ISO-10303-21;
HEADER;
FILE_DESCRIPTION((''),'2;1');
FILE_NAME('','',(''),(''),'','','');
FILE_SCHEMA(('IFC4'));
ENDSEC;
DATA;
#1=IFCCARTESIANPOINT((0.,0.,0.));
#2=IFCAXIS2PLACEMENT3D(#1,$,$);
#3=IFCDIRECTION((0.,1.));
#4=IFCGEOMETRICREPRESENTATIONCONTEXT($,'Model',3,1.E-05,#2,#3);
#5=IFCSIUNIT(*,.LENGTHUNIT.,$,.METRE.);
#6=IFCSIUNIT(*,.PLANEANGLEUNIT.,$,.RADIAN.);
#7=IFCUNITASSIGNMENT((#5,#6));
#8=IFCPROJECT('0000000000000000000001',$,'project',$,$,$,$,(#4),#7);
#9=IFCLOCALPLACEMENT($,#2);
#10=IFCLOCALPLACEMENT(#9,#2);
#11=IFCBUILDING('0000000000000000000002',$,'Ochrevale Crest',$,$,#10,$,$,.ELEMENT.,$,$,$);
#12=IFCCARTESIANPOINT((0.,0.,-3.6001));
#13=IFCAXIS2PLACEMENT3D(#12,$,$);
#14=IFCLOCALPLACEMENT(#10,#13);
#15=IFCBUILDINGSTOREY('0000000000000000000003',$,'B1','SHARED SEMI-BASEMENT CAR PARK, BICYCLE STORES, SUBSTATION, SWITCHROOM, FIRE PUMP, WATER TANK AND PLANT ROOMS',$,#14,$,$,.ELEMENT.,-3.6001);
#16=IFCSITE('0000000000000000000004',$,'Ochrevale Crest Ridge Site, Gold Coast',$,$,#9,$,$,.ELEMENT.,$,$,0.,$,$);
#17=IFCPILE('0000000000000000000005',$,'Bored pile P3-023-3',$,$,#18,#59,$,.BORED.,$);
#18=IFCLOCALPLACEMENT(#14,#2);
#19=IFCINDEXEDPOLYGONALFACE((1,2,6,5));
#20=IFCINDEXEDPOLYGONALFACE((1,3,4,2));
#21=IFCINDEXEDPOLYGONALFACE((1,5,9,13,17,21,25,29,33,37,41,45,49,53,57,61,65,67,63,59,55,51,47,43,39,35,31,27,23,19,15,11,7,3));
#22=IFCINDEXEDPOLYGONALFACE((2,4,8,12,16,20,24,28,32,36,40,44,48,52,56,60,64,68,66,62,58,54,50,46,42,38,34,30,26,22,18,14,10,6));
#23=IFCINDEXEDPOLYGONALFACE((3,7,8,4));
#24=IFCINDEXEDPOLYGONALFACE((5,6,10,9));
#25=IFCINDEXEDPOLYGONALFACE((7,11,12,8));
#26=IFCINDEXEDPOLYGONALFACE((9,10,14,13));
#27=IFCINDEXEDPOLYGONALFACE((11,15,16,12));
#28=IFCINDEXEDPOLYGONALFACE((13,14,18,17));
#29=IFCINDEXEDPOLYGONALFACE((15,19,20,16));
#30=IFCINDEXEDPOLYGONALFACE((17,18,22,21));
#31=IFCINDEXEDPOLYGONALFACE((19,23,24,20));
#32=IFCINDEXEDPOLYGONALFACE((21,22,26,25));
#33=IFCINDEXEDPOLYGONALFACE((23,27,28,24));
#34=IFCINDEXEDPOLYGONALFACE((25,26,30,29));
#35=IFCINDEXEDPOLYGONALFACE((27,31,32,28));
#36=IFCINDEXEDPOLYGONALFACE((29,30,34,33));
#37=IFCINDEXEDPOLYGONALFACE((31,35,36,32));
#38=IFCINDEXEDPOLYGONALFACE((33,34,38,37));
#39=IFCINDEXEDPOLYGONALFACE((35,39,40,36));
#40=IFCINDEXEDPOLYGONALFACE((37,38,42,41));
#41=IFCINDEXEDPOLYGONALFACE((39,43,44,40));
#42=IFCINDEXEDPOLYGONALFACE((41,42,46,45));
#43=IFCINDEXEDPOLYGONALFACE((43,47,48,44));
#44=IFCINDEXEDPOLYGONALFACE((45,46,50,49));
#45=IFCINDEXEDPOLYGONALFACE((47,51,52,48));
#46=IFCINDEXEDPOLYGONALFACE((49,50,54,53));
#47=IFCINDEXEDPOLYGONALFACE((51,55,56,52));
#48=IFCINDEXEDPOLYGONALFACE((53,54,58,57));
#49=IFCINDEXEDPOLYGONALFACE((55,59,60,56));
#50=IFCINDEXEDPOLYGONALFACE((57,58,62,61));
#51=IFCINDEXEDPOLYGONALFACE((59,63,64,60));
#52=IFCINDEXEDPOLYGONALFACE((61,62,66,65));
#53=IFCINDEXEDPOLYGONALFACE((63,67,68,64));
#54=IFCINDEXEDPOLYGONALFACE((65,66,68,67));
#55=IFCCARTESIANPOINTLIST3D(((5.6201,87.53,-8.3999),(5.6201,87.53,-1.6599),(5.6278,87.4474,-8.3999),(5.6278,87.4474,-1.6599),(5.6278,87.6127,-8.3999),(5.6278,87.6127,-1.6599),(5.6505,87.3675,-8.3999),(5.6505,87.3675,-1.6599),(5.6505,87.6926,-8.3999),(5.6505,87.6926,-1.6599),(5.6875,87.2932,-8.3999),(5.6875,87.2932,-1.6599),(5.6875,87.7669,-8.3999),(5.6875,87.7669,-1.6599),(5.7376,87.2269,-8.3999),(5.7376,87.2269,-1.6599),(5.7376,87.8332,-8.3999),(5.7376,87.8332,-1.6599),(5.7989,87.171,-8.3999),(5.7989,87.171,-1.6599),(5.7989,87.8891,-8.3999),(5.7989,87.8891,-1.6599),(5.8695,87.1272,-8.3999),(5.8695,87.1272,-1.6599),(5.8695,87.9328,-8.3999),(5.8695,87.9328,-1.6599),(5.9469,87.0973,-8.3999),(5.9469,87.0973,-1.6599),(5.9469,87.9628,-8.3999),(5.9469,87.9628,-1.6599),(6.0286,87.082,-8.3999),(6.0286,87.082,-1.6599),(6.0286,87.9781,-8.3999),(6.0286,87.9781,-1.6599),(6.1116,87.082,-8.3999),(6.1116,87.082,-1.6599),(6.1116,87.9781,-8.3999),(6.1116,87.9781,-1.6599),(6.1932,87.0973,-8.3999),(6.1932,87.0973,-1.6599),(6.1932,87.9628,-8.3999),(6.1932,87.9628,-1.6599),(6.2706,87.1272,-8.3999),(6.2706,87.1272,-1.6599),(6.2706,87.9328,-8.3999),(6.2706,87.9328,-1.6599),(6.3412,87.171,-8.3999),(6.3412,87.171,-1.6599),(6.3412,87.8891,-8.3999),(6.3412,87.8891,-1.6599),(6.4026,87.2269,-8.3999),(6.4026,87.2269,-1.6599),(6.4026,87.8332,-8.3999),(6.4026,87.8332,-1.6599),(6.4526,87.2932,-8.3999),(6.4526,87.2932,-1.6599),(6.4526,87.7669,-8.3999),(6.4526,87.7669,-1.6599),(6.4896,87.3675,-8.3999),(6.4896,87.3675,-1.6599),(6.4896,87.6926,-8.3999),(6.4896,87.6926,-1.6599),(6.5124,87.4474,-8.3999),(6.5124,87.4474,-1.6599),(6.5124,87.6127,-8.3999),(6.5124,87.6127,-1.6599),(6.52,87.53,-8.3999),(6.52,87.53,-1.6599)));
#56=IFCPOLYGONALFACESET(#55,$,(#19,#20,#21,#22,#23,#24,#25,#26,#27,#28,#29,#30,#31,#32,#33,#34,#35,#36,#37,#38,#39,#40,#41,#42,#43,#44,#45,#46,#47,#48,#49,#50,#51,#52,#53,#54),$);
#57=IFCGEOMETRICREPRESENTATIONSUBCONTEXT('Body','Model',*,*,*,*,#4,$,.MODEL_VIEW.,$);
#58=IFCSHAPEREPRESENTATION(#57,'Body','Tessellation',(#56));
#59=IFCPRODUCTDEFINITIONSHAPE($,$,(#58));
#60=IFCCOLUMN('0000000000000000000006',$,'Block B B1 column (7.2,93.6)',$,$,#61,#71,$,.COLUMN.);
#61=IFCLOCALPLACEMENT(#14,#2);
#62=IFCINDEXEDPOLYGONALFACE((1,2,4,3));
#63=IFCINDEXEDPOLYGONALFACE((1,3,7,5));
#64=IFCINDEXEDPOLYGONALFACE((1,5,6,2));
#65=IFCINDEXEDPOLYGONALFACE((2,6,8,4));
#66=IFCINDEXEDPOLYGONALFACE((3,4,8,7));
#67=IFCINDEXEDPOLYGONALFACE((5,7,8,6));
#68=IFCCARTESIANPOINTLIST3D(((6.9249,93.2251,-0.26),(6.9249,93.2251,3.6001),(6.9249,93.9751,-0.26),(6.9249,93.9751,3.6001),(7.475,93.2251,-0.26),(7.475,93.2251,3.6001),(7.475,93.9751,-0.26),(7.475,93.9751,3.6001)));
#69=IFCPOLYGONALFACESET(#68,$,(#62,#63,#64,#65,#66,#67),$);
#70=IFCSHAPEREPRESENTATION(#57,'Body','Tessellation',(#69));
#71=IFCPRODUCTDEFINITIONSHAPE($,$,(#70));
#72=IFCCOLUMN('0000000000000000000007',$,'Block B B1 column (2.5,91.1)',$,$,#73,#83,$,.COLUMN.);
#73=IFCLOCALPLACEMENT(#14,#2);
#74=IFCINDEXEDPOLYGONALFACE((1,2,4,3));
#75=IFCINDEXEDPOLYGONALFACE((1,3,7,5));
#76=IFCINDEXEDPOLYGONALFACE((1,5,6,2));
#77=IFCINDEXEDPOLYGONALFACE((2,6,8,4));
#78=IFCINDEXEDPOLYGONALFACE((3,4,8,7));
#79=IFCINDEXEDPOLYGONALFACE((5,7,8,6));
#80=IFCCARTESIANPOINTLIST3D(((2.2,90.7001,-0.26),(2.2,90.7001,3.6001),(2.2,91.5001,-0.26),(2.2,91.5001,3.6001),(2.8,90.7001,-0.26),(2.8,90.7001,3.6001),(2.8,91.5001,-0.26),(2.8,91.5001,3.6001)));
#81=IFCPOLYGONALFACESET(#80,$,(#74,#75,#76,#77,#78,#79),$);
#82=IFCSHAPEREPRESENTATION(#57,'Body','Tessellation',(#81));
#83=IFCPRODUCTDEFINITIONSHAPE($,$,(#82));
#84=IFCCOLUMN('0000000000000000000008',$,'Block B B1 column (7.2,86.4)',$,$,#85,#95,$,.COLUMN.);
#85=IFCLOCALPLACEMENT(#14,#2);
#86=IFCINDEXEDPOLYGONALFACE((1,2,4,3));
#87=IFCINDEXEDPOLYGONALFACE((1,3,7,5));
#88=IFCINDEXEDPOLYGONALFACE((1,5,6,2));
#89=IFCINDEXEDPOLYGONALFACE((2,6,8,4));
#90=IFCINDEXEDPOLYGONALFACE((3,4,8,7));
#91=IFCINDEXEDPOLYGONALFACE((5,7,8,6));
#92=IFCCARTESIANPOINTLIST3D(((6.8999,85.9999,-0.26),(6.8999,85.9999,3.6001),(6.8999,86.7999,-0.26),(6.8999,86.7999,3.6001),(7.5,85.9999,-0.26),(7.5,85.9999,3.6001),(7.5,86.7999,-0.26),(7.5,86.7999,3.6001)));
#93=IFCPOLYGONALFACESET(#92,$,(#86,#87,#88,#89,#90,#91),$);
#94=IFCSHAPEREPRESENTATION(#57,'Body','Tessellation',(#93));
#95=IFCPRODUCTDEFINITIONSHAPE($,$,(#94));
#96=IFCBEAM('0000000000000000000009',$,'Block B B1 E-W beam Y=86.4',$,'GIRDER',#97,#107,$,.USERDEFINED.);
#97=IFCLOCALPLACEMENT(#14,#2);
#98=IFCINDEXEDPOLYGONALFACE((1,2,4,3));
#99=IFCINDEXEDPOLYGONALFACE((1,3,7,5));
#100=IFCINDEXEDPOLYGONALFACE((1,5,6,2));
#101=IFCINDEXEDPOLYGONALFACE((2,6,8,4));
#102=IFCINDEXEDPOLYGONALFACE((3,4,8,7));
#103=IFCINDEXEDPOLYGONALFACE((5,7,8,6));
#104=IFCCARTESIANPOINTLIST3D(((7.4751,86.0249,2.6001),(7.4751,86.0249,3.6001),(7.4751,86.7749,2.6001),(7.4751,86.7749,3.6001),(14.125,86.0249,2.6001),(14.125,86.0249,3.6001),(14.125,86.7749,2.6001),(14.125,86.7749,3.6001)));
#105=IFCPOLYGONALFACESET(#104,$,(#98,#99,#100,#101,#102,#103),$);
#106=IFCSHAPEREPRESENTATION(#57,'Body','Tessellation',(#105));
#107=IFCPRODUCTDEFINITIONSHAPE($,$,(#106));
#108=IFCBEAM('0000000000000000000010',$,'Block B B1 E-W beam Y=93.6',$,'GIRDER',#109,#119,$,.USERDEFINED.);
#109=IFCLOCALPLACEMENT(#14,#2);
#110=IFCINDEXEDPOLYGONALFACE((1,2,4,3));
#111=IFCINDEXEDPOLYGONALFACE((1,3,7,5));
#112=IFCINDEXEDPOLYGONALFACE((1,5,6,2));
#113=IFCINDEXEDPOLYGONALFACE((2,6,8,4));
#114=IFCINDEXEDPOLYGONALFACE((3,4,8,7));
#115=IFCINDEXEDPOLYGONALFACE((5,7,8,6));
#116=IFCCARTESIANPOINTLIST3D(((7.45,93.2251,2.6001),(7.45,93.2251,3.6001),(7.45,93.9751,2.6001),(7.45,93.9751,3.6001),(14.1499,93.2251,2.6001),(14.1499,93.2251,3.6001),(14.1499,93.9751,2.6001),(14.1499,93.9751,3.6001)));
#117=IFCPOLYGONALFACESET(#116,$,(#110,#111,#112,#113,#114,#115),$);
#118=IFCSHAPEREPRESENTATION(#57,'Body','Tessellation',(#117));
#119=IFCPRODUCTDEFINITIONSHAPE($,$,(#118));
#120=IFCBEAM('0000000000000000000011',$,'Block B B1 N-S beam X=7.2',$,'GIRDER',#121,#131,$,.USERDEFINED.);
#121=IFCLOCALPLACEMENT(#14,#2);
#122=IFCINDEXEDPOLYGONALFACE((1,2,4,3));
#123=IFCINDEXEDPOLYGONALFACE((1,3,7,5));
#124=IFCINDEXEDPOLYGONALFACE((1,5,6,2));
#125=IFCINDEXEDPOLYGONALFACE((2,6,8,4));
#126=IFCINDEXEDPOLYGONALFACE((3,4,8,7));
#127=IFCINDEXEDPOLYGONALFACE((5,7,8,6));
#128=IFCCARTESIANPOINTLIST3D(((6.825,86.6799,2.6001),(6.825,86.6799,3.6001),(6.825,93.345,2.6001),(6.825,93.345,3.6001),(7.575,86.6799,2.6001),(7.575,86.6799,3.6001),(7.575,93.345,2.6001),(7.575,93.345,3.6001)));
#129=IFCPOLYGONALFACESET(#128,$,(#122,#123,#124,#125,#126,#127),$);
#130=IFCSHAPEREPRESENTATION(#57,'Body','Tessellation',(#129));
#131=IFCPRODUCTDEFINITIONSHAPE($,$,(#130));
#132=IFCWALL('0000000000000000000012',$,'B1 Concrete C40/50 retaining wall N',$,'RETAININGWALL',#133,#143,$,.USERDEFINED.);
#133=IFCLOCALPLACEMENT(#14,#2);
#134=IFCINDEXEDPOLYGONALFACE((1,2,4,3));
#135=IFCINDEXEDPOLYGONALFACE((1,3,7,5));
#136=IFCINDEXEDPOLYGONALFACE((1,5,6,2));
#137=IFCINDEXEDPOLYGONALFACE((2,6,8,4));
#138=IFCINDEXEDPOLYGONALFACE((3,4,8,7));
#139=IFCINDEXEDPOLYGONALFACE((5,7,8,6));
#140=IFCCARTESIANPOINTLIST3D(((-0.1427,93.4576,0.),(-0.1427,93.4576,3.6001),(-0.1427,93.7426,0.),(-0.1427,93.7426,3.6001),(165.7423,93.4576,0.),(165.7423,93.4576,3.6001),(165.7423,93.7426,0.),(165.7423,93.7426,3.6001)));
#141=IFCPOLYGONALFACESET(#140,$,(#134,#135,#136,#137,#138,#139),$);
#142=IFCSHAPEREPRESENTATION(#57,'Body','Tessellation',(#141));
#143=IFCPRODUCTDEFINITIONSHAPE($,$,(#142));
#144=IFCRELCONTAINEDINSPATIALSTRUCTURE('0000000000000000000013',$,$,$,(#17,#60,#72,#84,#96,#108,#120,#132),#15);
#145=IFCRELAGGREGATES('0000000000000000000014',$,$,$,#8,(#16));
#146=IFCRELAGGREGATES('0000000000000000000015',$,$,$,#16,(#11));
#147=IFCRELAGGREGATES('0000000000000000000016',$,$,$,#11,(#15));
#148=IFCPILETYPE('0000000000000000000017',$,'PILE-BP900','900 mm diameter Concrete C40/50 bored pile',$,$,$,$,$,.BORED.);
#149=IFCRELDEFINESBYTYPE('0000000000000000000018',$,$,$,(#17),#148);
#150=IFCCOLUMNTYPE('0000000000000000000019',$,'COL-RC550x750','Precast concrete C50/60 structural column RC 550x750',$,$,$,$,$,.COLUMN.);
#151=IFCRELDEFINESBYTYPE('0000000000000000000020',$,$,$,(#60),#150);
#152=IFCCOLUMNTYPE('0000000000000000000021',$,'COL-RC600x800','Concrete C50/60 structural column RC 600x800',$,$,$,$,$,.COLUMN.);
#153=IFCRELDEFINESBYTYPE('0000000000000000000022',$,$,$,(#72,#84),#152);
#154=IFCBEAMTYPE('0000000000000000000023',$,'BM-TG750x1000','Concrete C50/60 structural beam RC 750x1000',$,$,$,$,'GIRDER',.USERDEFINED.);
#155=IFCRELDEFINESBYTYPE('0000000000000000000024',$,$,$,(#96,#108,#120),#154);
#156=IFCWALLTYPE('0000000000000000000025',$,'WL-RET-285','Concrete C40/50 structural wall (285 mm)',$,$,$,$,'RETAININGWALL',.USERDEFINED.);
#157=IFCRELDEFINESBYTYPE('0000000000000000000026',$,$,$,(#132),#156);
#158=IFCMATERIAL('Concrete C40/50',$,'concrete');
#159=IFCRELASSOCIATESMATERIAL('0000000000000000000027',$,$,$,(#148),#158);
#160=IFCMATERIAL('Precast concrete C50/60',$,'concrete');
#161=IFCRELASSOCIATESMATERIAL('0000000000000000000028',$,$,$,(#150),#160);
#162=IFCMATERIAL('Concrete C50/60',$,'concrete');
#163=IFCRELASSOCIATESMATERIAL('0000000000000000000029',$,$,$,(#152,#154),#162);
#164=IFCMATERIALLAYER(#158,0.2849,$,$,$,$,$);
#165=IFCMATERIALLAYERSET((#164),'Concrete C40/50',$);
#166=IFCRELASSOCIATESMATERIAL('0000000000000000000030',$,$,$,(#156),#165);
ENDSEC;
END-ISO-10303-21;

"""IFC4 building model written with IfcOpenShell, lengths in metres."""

from ifc_helpers import new_model, si_unit, direction, frame, frame_2d, origin, origin_2d, place, context, subcontext, project, spatial, rectangle, circle, extrude, material, layer, layer_set, material_profile, profile_set, type_object, element, save


model = new_model("IFC4")

# Units and contexts
model_context = context("Model", 3, precision=1e-05, world=origin(), true_north=direction((0.0, 1.0)))
body_context = subcontext(model_context, "Body", "Model", "MODEL_VIEW")
ifc_project = project(units=[si_unit("LENGTHUNIT", "METRE"), si_unit("PLANEANGLEUNIT", "RADIAN")], contexts=[model_context])

# Site, building, storey
site_placement = place(None, origin())
site = spatial("IfcSite", under=ifc_project, at=site_placement, Name="Ochrevale Crest Ridge Site, Gold Coast", CompositionType="ELEMENT", RefElevation=0.0)
building_placement = place(site_placement, origin())
building = spatial("IfcBuilding", under=site, at=building_placement, Name="Ochrevale Crest", CompositionType="ELEMENT")
storey_placement = place(building_placement, frame((0.0, 0.0, -3.6001)))
storey = spatial("IfcBuildingStorey", under=building, at=storey_placement, Name="B1", Description="SHARED SEMI-BASEMENT CAR PARK, BICYCLE STORES, SUBSTATION, SWITCHROOM, FIRE PUMP, WATER TANK AND PLANT ROOMS", CompositionType="ELEMENT", Elevation=-3.6001)

# Shared definitions
ifc_material_1 = material(Name="Concrete C40/50", Category="concrete")

# Pile
ifc_material_profile_1 = material_profile(ifc_material_1, circle(Radius=0.45, at=origin_2d()), Name="BORED PILE 900")
ifc_profile_set_1 = profile_set([ifc_material_profile_1], Name="Concrete C40/50")
pile_type_1 = type_object("IfcPileType", Name="PILE-BP900", Description="900 mm diameter Concrete C40/50 bored pile", PredefinedType="BORED", material=ifc_profile_set_1)
pile_placement = place(storey_placement, frame((6.0701, 87.53, -1.6599), z_axis=(0.0, 0.0, -1.0), x_axis=(1.0, 0.0, 0.0)))
element("IfcPile", 1, at=pile_placement, inside=storey, type_object=pile_type_1, Name="Bored pile P3-023-3", PredefinedType="BORED", context=body_context, shape_type="SweptSolid", body=[
    extrude(circle(Radius=0.45, at=origin_2d()), origin(), (0.0, 0.0, 1.0), 6.74),
])

# Columns
ifc_material_2 = material(Name="Precast concrete C50/60", Category="concrete")
ifc_material_profile_2 = material_profile(ifc_material_2, rectangle(XDim=0.55, YDim=0.75, at=origin_2d()), Name="RC 550x750")
ifc_profile_set_2 = profile_set([ifc_material_profile_2], Name="Precast concrete C50/60")
column_type_1 = type_object("IfcColumnType", Name="COL-RC550x750", Description="Precast concrete C50/60 structural column RC 550x750", PredefinedType="COLUMN", material=ifc_profile_set_2)
column_placement = place(storey_placement, frame((7.2, 93.6001, -0.26), z_axis=(0.0, 0.0, 1.0), x_axis=(1.0, 0.0, 0.0)))
element("IfcColumn", 2, at=column_placement, inside=storey, type_object=column_type_1, Name="Block B B1 column (7.2,93.6)", PredefinedType="COLUMN", context=body_context, shape_type="SweptSolid", body=[
    extrude(rectangle(XDim=0.55, YDim=0.75, at=origin_2d()), origin(), (0.0, 0.0, 1.0), 3.8601),
])
ifc_material_3 = material(Name="Concrete C50/60", Category="concrete")
ifc_material_profile_3 = material_profile(ifc_material_3, rectangle(XDim=0.6001, YDim=0.8, at=origin_2d()), Name="RC 600x800")
ifc_profile_set_3 = profile_set([ifc_material_profile_3], Name="Concrete C50/60")
column_type_2 = type_object("IfcColumnType", Name="COL-RC600x800", Description="Concrete C50/60 structural column RC 600x800", PredefinedType="COLUMN", material=ifc_profile_set_3)
for number, where, z_axis, x_axis, name in (
    (3, (2.5, 91.1001, -0.26), (0.0, 0.0, 1.0), (1.0, 0.0, 0.0), "Block B B1 column (2.5,91.1)"),
    (4, (7.2, 86.3999, -0.26), (0.0, 0.0, 1.0), (1.0, 0.0, 0.0), "Block B B1 column (7.2,86.4)"),
):
    element("IfcColumn", number, at=place(storey_placement, frame(where, z_axis=z_axis, x_axis=x_axis)), inside=storey, type_object=column_type_2, Name=name, PredefinedType="COLUMN", context=body_context, shape_type="SweptSolid", body=[
        extrude(rectangle(XDim=0.6001, YDim=0.8, at=origin_2d()), origin(), (0.0, 0.0, 1.0), 3.8601),
    ])

# Beams
ifc_material_profile_4 = material_profile(ifc_material_3, rectangle(XDim=0.75, YDim=1.0, at=origin_2d()), Name="RC 750x1000")
ifc_profile_set_4 = profile_set([ifc_material_profile_4], Name="Concrete C50/60")
beam_type = type_object("IfcBeamType", Name="BM-TG750x1000", Description="Concrete C50/60 structural beam RC 750x1000", ElementType="GIRDER", PredefinedType="USERDEFINED", material=ifc_profile_set_4)
beam_1_placement = place(storey_placement, frame((7.4751, 86.3999, 3.1001), z_axis=(1.0, 0.0, 0.0), x_axis=(0.0, 1.0, 0.0)))
element("IfcBeam", 5, at=beam_1_placement, inside=storey, type_object=beam_type, Name="Block B B1 E-W beam Y=86.4", ObjectType="GIRDER", PredefinedType="USERDEFINED", context=body_context, shape_type="SweptSolid", body=[
    extrude(rectangle(XDim=0.75, YDim=1.0, at=origin_2d()), origin(), (0.0, 0.0, 1.0), 6.6499),
])
beam_2_placement = place(storey_placement, frame((7.45, 93.6001, 3.1001), z_axis=(1.0, 0.0, 0.0), x_axis=(0.0, 1.0, 0.0)))
element("IfcBeam", 6, at=beam_2_placement, inside=storey, type_object=beam_type, Name="Block B B1 E-W beam Y=93.6", ObjectType="GIRDER", PredefinedType="USERDEFINED", context=body_context, shape_type="SweptSolid", body=[
    extrude(rectangle(XDim=0.75, YDim=1.0, at=origin_2d()), origin(), (0.0, 0.0, 1.0), 6.7),
])
beam_3_placement = place(storey_placement, frame((7.2, 86.6799, 3.1001), z_axis=(0.0, 1.0, 0.0), x_axis=(-1.0, 0.0, 0.0)))
element("IfcBeam", 7, at=beam_3_placement, inside=storey, type_object=beam_type, Name="Block B B1 N-S beam X=7.2", ObjectType="GIRDER", PredefinedType="USERDEFINED", context=body_context, shape_type="SweptSolid", body=[
    extrude(rectangle(XDim=0.75, YDim=1.0, at=origin_2d()), origin(), (0.0, 0.0, 1.0), 6.665),
])

# Wall
ifc_layer = layer(ifc_material_1, 0.2849)
ifc_layer_set = layer_set([ifc_layer], Name="Concrete C40/50")
wall_type = type_object("IfcWallType", Name="WL-RET-285", Description="Concrete C40/50 structural wall (285 mm)", ElementType="RETAININGWALL", PredefinedType="USERDEFINED", material=ifc_layer_set)
wall_placement = place(storey_placement, frame((-0.1426, 93.6001, 0.0), z_axis=(0.0, 0.0, 1.0), x_axis=(1.0, 0.0, 0.0)))
element("IfcWall", 8, at=wall_placement, inside=storey, type_object=wall_type, Name="B1 Concrete C40/50 retaining wall N", ObjectType="RETAININGWALL", PredefinedType="USERDEFINED", context=body_context, shape_type="SweptSolid", body=[
    extrude(rectangle(XDim=165.885, YDim=0.2849, at=frame_2d((82.9424, 0.0))), origin(), (0.0, 0.0, 1.0), 3.6001),
])

save(model, "model.ifc")
